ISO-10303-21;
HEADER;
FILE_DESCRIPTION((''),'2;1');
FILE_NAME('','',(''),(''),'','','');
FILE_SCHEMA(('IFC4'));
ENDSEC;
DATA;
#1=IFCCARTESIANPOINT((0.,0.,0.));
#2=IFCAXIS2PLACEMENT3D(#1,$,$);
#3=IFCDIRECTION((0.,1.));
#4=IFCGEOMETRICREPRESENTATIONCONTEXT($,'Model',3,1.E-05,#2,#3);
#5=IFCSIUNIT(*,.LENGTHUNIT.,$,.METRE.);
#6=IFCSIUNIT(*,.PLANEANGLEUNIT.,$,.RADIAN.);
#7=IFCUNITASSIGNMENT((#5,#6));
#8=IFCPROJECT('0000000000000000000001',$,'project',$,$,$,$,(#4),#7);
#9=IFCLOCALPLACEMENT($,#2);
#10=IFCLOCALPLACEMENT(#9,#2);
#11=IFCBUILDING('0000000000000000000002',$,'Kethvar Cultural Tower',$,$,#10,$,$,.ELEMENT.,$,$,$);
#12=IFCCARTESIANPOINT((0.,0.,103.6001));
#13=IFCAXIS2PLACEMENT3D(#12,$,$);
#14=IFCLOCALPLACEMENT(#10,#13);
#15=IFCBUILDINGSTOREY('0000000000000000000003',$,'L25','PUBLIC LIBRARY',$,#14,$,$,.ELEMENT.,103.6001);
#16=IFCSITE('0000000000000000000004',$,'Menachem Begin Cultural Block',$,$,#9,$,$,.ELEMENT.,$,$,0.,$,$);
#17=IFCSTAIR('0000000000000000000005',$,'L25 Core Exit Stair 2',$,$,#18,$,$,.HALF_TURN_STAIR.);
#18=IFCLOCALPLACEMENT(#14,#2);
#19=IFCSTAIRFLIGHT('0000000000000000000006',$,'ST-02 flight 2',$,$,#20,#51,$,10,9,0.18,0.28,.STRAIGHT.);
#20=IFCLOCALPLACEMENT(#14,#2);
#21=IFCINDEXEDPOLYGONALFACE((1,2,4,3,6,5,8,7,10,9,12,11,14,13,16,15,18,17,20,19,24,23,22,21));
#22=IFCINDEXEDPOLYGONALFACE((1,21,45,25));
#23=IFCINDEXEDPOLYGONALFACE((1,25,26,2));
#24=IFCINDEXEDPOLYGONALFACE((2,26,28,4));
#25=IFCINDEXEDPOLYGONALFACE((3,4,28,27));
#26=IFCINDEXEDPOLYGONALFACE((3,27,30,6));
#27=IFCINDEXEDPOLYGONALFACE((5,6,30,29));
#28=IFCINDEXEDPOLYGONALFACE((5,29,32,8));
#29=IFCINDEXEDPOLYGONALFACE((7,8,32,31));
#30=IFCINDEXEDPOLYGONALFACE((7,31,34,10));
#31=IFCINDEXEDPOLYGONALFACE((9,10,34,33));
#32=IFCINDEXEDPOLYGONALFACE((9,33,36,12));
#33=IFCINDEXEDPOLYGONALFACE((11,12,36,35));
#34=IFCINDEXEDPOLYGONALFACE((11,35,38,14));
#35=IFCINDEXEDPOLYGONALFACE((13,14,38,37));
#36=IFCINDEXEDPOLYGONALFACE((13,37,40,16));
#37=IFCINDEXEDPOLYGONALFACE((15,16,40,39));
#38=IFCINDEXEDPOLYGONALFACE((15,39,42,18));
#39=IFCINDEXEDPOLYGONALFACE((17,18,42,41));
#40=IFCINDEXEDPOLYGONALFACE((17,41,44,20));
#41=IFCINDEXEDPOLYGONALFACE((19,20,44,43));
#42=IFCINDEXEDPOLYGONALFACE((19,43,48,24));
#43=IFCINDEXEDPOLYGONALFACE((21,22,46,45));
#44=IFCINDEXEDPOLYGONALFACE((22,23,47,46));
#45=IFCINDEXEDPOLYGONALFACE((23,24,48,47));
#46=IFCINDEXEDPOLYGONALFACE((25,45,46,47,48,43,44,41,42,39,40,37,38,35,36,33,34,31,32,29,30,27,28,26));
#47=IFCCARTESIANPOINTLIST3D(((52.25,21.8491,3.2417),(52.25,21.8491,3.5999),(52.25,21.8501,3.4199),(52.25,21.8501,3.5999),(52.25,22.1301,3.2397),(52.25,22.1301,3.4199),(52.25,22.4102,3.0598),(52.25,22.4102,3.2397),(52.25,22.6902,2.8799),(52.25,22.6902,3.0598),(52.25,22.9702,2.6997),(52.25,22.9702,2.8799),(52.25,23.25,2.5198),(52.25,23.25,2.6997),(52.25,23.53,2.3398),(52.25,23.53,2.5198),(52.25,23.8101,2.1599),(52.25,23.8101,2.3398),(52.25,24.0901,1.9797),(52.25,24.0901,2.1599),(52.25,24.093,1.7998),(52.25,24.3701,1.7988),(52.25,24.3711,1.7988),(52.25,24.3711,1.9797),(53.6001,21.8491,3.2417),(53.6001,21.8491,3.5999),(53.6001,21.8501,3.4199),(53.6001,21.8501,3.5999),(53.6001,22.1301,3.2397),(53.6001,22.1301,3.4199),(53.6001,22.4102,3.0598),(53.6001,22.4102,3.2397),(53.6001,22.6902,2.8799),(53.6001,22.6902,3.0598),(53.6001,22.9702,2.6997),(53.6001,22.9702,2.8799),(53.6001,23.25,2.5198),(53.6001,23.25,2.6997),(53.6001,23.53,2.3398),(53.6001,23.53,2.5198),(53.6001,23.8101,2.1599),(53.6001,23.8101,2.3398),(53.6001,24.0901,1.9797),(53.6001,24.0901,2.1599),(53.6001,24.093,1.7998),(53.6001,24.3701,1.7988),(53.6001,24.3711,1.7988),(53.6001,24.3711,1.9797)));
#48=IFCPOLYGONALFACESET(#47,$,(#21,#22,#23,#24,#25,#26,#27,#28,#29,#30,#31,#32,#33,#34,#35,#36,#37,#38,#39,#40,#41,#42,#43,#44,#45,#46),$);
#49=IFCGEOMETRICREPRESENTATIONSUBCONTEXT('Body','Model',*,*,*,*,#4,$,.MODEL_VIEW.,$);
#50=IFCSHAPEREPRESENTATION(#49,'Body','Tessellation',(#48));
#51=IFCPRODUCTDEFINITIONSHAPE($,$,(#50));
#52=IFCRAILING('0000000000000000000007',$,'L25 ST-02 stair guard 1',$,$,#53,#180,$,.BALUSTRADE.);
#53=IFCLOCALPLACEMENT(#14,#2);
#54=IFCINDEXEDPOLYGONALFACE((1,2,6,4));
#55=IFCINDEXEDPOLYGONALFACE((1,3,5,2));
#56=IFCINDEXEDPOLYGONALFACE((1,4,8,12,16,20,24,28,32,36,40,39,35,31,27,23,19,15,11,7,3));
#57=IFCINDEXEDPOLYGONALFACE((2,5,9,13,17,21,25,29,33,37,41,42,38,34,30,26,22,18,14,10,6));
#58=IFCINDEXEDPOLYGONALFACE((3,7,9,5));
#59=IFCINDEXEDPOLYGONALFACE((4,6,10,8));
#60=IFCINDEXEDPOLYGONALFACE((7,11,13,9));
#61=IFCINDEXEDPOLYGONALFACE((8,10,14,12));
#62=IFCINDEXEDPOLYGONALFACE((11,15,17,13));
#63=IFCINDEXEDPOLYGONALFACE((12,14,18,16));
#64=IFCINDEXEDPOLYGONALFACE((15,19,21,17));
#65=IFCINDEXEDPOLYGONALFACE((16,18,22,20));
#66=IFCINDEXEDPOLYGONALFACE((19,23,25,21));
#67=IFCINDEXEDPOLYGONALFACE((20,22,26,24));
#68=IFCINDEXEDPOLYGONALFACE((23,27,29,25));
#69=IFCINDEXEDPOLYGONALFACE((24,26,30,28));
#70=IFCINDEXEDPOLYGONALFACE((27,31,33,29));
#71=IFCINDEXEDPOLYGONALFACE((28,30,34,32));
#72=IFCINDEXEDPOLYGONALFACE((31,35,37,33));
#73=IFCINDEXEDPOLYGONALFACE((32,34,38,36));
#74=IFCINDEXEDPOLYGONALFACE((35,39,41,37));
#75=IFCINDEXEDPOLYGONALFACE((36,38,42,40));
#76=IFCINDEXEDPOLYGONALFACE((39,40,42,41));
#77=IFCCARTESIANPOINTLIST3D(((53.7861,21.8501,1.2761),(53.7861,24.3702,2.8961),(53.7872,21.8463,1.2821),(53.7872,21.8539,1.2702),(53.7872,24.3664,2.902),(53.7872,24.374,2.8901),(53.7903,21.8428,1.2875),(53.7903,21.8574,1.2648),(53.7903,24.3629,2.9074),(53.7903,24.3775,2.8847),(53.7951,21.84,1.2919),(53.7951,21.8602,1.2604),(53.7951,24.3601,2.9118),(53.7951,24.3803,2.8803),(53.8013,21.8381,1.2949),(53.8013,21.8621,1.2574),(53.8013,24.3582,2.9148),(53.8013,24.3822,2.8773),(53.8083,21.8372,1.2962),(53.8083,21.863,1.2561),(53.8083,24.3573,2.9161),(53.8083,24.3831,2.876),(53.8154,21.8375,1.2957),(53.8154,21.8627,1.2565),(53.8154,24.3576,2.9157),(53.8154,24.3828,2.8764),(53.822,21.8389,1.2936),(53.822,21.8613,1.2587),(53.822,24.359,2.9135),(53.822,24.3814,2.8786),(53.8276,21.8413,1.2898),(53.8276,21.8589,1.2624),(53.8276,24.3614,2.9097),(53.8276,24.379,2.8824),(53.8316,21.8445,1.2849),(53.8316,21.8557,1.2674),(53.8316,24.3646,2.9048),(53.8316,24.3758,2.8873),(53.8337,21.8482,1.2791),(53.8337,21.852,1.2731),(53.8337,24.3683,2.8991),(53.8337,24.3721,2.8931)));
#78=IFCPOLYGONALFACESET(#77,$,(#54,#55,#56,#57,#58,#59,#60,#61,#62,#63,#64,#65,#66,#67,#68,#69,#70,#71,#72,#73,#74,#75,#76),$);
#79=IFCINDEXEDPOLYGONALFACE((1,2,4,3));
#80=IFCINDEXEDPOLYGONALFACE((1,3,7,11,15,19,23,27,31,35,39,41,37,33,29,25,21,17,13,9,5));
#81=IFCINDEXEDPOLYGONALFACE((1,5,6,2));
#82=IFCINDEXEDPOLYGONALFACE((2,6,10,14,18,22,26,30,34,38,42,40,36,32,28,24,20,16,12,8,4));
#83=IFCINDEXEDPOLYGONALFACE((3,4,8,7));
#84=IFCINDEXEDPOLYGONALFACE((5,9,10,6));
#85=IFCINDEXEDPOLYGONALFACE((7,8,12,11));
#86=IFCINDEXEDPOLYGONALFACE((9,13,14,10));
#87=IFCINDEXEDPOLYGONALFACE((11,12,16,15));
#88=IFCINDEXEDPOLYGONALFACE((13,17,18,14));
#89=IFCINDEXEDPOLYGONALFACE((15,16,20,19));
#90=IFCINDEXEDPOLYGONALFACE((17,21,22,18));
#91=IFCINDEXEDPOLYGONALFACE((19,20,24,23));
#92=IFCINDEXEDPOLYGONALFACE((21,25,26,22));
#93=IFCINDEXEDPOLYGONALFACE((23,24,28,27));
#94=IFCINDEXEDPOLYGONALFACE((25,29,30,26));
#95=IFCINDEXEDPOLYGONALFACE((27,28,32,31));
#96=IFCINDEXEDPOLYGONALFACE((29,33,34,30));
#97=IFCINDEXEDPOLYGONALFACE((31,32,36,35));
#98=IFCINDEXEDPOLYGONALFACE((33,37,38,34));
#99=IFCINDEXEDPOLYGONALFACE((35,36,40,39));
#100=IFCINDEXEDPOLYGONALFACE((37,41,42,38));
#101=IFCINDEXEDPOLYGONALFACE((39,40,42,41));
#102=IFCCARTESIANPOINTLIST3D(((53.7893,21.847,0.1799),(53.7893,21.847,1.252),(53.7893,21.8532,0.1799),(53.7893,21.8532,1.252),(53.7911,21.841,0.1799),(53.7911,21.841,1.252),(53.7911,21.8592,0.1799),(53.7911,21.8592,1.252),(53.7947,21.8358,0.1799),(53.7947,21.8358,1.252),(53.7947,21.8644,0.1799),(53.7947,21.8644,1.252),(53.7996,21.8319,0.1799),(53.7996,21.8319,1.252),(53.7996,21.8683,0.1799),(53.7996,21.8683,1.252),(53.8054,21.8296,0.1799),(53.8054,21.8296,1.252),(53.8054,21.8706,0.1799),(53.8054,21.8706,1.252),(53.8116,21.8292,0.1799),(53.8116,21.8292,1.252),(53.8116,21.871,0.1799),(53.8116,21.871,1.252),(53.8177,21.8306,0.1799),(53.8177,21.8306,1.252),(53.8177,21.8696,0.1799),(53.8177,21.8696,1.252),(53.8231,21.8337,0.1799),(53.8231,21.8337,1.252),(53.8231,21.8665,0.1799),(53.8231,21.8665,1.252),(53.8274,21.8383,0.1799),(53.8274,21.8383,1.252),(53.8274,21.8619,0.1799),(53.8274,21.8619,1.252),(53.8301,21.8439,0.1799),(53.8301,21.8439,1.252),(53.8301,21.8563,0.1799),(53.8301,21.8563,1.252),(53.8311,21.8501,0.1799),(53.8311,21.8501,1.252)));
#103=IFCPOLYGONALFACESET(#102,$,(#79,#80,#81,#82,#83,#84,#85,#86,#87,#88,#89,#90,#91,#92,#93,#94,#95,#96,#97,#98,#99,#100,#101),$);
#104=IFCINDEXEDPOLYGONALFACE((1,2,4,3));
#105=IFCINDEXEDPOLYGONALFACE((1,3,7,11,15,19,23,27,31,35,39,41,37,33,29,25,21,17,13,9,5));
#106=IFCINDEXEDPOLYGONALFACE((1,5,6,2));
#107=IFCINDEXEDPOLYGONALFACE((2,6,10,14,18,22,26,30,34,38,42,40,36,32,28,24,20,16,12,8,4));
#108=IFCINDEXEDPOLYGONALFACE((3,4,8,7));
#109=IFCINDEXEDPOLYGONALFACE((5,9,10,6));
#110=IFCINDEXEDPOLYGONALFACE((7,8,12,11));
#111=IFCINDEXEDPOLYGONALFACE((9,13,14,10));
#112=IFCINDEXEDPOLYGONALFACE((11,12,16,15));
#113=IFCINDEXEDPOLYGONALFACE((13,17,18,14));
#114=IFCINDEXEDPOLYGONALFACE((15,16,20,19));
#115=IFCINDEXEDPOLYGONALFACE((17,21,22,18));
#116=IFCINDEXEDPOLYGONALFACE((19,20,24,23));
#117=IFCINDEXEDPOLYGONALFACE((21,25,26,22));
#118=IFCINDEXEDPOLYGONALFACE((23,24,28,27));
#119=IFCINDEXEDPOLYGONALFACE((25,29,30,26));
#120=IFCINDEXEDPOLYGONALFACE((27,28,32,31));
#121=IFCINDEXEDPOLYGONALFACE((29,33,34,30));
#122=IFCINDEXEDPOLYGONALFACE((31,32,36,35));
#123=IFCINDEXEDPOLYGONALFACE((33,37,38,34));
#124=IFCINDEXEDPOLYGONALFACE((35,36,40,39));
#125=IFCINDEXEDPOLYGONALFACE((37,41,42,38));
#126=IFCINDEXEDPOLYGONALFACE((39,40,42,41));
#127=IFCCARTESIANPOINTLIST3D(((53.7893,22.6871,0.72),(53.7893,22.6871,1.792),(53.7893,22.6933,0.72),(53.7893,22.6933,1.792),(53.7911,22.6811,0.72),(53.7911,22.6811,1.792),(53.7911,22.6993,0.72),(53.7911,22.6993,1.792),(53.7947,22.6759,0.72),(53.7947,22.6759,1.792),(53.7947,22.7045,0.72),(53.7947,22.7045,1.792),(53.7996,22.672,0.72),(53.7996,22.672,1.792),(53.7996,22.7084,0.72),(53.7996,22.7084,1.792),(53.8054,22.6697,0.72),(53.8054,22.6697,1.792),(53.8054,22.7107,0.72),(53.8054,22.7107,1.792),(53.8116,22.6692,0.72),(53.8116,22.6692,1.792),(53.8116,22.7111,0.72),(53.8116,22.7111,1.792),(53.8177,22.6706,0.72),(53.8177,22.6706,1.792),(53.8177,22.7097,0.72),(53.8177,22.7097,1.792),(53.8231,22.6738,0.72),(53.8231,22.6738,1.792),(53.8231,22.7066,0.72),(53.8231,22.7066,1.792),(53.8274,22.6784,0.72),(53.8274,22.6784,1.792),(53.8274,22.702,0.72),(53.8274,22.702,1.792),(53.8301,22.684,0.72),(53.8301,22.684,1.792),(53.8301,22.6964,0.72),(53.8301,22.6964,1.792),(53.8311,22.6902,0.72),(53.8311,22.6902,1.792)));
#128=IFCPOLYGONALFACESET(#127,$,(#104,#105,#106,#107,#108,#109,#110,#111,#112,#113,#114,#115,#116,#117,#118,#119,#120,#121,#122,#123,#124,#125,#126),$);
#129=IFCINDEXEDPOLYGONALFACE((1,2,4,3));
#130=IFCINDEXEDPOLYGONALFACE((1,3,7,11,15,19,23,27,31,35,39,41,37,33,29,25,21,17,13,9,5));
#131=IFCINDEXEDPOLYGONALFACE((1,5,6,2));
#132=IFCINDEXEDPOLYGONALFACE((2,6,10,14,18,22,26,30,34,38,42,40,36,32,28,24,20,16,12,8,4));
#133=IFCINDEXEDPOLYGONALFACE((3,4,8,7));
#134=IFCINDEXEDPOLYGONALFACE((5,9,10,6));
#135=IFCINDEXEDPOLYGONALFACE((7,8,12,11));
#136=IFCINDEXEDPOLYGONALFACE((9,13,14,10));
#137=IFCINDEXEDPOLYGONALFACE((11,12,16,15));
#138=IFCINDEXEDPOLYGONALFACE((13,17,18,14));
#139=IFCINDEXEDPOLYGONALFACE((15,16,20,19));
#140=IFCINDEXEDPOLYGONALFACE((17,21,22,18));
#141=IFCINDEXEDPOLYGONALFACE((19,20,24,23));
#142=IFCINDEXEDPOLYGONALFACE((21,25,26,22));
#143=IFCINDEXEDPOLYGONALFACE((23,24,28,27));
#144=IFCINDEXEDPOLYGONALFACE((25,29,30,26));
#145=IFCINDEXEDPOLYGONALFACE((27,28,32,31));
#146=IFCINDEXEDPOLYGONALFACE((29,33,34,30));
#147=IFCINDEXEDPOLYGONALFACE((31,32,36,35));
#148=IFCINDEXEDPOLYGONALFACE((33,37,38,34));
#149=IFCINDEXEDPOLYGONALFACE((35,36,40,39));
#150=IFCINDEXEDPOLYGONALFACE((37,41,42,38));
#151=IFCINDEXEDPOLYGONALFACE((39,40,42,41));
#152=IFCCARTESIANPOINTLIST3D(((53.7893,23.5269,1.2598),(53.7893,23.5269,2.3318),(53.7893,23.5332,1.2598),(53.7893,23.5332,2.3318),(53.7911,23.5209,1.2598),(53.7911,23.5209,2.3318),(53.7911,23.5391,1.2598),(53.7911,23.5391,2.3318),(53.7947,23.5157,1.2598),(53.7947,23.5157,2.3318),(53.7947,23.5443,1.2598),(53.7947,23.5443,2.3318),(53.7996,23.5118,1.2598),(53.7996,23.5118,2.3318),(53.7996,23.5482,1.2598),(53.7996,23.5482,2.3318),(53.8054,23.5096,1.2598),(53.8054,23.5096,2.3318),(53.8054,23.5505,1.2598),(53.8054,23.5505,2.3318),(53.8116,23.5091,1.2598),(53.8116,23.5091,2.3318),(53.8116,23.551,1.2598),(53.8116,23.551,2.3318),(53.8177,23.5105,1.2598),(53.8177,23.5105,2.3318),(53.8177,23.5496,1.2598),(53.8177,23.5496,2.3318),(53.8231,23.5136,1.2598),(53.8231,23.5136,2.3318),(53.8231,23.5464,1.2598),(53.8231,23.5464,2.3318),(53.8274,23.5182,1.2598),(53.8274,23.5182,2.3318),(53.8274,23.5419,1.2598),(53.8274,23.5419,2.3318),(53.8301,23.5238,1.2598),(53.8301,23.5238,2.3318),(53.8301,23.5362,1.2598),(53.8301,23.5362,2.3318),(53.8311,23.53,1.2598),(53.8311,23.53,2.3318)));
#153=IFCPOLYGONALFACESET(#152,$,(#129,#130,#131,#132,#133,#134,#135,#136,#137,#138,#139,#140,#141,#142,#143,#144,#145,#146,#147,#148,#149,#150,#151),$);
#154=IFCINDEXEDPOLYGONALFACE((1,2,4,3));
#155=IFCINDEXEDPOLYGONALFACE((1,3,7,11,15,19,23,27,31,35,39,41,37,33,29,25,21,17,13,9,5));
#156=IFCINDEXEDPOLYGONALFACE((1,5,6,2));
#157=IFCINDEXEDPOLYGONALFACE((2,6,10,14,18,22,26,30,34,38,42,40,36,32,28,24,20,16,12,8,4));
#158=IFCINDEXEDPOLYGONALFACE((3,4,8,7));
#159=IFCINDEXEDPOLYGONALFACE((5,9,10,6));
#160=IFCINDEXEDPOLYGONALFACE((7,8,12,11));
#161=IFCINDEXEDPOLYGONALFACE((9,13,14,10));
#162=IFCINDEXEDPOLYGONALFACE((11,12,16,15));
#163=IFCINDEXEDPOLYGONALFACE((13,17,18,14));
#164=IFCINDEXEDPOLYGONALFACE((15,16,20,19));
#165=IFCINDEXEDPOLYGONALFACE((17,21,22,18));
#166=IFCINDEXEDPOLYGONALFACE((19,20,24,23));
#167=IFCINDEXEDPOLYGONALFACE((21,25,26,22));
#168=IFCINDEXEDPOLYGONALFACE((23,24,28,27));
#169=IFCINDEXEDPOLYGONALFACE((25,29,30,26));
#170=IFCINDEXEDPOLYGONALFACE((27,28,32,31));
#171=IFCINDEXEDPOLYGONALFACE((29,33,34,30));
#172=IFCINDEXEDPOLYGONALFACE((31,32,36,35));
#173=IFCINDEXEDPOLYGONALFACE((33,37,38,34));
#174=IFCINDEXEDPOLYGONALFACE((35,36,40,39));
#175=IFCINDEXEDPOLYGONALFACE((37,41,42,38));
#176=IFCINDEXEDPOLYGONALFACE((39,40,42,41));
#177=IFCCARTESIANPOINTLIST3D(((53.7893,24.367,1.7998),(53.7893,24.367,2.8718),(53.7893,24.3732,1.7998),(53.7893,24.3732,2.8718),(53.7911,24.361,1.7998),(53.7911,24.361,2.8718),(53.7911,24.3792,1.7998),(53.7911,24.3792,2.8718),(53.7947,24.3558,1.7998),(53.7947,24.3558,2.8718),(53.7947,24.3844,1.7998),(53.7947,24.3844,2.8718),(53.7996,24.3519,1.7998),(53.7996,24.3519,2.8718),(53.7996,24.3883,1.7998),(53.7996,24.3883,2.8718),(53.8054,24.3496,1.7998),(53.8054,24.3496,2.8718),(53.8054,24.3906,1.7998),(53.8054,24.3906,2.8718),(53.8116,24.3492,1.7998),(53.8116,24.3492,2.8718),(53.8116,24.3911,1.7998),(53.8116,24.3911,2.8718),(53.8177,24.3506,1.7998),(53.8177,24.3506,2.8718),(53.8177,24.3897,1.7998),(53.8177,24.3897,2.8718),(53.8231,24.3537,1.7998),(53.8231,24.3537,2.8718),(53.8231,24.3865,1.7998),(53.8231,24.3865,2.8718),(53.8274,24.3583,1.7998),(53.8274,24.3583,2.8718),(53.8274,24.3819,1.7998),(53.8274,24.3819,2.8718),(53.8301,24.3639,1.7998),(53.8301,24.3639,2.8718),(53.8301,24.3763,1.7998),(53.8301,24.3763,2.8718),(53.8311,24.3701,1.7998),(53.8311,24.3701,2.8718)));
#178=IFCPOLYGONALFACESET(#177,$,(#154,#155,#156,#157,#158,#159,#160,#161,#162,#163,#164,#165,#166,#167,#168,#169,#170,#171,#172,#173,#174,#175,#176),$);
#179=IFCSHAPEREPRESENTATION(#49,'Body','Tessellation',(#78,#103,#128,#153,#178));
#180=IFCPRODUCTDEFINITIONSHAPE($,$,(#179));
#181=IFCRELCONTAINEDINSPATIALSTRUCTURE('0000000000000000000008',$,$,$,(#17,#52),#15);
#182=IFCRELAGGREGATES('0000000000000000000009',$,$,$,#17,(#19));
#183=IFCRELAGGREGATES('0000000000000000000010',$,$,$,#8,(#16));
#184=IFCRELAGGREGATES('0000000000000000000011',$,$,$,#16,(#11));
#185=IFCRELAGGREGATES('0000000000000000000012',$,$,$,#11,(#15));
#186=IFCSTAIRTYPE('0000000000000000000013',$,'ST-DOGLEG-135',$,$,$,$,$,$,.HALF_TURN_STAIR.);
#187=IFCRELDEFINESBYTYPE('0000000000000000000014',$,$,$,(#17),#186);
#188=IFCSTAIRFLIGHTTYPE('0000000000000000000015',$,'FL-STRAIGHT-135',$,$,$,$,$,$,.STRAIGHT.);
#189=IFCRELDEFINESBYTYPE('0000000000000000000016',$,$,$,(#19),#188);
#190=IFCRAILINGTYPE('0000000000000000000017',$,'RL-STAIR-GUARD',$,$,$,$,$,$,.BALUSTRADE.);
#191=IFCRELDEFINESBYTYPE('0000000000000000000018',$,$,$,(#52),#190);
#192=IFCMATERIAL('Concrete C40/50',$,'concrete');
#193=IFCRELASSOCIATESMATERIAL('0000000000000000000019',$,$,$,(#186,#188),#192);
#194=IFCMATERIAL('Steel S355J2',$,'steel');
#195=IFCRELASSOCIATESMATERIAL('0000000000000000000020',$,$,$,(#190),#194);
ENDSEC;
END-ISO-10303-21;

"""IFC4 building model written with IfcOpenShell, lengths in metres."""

from ifc_helpers import new_model, si_unit, direction, frame, origin, origin_2d, place, context, subcontext, project, spatial, polyline, circle, outline, extrude, material, type_object, element, aggregate, save


model = new_model("IFC4")

# Units and contexts
model_context = context("Model", 3, precision=1e-05, world=origin(), true_north=direction((0.0, 1.0)))
body_context = subcontext(model_context, "Body", "Model", "MODEL_VIEW")
ifc_project = project(units=[si_unit("LENGTHUNIT", "METRE"), si_unit("PLANEANGLEUNIT", "RADIAN")], contexts=[model_context])

# Site, building, storey
site_placement = place(None, origin())
site = spatial("IfcSite", under=ifc_project, at=site_placement, Name="Menachem Begin Cultural Block", CompositionType="ELEMENT", RefElevation=0.0)
building_placement = place(site_placement, origin())
building = spatial("IfcBuilding", under=site, at=building_placement, Name="Kethvar Cultural Tower", CompositionType="ELEMENT")
storey_placement = place(building_placement, frame((0.0, 0.0, 103.6001)))
storey = spatial("IfcBuildingStorey", under=building, at=storey_placement, Name="L25", Description="PUBLIC LIBRARY", CompositionType="ELEMENT", Elevation=103.6001)

# Shared definitions
ifc_material_1 = material(Name="Steel S355J2", Category="steel")

# Stair, stair flight
ifc_material_2 = material(Name="Concrete C40/50", Category="concrete")
stair_type = type_object("IfcStairType", Name="ST-DOGLEG-135", PredefinedType="HALF_TURN_STAIR", material=ifc_material_2)
stair_placement = place(storey_placement, origin())
stair = element("IfcStair", 1, at=stair_placement, inside=storey, type_object=stair_type, Name="L25 Core Exit Stair 2", PredefinedType="HALF_TURN_STAIR")
stair_flight_type = type_object("IfcStairFlightType", Name="FL-STRAIGHT-135", PredefinedType="STRAIGHT", material=ifc_material_2)
stair_flight_1_placement = place(storey_placement, frame((52.925, 24.3701, 1.7998), z_axis=(0.0, 0.0, 1.0), x_axis=(0.0, -1.0, 0.0)))
stair_flight_1 = element("IfcStairFlight", 2, at=stair_flight_1_placement, type_object=stair_flight_type, Name="ST-02 flight 2", NumberOfRisers=10, NumberOfTreads=9, PredefinedType="STRAIGHT", RiserHeight=0.18, TreadLength=0.28, context=body_context, shape_type="SweptSolid", body=[
    extrude(outline(polyline([(-0.001, -0.001), (-0.001, 0.1799), (0.28, 0.1799), (0.28, 0.3601), (0.5601, 0.3601), (0.5601, 0.54), (0.8401, 0.54), (0.8401, 0.72), (1.1201, 0.72), (1.1201, 0.8999), (1.3999, 0.8999), (1.3999, 1.0801), (1.6799, 1.0801), (1.6799, 1.26), (1.96, 1.26), (1.96, 1.4399), (2.24, 1.4399), (2.24, 1.6201), (2.52, 1.6201), (2.52, 1.8), (2.521, 1.8), (2.521, 1.4419), (0.2771, 0.0), (0.0, -0.001), (-0.001, -0.001)])), frame((0.0, 0.675, 0.0), z_axis=(0.0, -1.0, 0.0), x_axis=(1.0, 0.0, 0.0)), (0.0, 0.0, 1.0), 1.3501),
])
aggregate(stair, [stair_flight_1])

# Railing
railing_type_1 = type_object("IfcRailingType", Name="RL-STAIR-GUARD", PredefinedType="BALUSTRADE", material=ifc_material_1)
railing_1_placement = place(storey_placement, frame((53.8101, 21.8501, 0.1799)))
element("IfcRailing", 3, at=railing_1_placement, inside=storey, type_object=railing_type_1, Name="L25 ST-02 stair guard 1", PredefinedType="BALUSTRADE", context=body_context, shape_type="SweptSolid", body=[
    extrude(circle(Radius=0.0239, at=origin_2d()), frame((0.0, 0.0, 1.0962), z_axis=(0.0, 0.8412, 0.540725), x_axis=(-1.0, 0.0, 0.0)), (0.0, 0.0, 1.0), 2.9958),
    extrude(circle(Radius=0.021, at=origin_2d()), origin(), (0.0, 0.0, 1.0), 1.072),
    extrude(circle(Radius=0.021, at=origin_2d()), frame((0.0, 0.8401, 0.54)), (0.0, 0.0, 1.0), 1.072),
    extrude(circle(Radius=0.021, at=origin_2d()), frame((0.0, 1.6799, 1.0798)), (0.0, 0.0, 1.0), 1.072),
    extrude(circle(Radius=0.021, at=origin_2d()), frame((0.0, 2.52, 1.6199)), (0.0, 0.0, 1.0), 1.072),
])

save(model, "model.ifc")
